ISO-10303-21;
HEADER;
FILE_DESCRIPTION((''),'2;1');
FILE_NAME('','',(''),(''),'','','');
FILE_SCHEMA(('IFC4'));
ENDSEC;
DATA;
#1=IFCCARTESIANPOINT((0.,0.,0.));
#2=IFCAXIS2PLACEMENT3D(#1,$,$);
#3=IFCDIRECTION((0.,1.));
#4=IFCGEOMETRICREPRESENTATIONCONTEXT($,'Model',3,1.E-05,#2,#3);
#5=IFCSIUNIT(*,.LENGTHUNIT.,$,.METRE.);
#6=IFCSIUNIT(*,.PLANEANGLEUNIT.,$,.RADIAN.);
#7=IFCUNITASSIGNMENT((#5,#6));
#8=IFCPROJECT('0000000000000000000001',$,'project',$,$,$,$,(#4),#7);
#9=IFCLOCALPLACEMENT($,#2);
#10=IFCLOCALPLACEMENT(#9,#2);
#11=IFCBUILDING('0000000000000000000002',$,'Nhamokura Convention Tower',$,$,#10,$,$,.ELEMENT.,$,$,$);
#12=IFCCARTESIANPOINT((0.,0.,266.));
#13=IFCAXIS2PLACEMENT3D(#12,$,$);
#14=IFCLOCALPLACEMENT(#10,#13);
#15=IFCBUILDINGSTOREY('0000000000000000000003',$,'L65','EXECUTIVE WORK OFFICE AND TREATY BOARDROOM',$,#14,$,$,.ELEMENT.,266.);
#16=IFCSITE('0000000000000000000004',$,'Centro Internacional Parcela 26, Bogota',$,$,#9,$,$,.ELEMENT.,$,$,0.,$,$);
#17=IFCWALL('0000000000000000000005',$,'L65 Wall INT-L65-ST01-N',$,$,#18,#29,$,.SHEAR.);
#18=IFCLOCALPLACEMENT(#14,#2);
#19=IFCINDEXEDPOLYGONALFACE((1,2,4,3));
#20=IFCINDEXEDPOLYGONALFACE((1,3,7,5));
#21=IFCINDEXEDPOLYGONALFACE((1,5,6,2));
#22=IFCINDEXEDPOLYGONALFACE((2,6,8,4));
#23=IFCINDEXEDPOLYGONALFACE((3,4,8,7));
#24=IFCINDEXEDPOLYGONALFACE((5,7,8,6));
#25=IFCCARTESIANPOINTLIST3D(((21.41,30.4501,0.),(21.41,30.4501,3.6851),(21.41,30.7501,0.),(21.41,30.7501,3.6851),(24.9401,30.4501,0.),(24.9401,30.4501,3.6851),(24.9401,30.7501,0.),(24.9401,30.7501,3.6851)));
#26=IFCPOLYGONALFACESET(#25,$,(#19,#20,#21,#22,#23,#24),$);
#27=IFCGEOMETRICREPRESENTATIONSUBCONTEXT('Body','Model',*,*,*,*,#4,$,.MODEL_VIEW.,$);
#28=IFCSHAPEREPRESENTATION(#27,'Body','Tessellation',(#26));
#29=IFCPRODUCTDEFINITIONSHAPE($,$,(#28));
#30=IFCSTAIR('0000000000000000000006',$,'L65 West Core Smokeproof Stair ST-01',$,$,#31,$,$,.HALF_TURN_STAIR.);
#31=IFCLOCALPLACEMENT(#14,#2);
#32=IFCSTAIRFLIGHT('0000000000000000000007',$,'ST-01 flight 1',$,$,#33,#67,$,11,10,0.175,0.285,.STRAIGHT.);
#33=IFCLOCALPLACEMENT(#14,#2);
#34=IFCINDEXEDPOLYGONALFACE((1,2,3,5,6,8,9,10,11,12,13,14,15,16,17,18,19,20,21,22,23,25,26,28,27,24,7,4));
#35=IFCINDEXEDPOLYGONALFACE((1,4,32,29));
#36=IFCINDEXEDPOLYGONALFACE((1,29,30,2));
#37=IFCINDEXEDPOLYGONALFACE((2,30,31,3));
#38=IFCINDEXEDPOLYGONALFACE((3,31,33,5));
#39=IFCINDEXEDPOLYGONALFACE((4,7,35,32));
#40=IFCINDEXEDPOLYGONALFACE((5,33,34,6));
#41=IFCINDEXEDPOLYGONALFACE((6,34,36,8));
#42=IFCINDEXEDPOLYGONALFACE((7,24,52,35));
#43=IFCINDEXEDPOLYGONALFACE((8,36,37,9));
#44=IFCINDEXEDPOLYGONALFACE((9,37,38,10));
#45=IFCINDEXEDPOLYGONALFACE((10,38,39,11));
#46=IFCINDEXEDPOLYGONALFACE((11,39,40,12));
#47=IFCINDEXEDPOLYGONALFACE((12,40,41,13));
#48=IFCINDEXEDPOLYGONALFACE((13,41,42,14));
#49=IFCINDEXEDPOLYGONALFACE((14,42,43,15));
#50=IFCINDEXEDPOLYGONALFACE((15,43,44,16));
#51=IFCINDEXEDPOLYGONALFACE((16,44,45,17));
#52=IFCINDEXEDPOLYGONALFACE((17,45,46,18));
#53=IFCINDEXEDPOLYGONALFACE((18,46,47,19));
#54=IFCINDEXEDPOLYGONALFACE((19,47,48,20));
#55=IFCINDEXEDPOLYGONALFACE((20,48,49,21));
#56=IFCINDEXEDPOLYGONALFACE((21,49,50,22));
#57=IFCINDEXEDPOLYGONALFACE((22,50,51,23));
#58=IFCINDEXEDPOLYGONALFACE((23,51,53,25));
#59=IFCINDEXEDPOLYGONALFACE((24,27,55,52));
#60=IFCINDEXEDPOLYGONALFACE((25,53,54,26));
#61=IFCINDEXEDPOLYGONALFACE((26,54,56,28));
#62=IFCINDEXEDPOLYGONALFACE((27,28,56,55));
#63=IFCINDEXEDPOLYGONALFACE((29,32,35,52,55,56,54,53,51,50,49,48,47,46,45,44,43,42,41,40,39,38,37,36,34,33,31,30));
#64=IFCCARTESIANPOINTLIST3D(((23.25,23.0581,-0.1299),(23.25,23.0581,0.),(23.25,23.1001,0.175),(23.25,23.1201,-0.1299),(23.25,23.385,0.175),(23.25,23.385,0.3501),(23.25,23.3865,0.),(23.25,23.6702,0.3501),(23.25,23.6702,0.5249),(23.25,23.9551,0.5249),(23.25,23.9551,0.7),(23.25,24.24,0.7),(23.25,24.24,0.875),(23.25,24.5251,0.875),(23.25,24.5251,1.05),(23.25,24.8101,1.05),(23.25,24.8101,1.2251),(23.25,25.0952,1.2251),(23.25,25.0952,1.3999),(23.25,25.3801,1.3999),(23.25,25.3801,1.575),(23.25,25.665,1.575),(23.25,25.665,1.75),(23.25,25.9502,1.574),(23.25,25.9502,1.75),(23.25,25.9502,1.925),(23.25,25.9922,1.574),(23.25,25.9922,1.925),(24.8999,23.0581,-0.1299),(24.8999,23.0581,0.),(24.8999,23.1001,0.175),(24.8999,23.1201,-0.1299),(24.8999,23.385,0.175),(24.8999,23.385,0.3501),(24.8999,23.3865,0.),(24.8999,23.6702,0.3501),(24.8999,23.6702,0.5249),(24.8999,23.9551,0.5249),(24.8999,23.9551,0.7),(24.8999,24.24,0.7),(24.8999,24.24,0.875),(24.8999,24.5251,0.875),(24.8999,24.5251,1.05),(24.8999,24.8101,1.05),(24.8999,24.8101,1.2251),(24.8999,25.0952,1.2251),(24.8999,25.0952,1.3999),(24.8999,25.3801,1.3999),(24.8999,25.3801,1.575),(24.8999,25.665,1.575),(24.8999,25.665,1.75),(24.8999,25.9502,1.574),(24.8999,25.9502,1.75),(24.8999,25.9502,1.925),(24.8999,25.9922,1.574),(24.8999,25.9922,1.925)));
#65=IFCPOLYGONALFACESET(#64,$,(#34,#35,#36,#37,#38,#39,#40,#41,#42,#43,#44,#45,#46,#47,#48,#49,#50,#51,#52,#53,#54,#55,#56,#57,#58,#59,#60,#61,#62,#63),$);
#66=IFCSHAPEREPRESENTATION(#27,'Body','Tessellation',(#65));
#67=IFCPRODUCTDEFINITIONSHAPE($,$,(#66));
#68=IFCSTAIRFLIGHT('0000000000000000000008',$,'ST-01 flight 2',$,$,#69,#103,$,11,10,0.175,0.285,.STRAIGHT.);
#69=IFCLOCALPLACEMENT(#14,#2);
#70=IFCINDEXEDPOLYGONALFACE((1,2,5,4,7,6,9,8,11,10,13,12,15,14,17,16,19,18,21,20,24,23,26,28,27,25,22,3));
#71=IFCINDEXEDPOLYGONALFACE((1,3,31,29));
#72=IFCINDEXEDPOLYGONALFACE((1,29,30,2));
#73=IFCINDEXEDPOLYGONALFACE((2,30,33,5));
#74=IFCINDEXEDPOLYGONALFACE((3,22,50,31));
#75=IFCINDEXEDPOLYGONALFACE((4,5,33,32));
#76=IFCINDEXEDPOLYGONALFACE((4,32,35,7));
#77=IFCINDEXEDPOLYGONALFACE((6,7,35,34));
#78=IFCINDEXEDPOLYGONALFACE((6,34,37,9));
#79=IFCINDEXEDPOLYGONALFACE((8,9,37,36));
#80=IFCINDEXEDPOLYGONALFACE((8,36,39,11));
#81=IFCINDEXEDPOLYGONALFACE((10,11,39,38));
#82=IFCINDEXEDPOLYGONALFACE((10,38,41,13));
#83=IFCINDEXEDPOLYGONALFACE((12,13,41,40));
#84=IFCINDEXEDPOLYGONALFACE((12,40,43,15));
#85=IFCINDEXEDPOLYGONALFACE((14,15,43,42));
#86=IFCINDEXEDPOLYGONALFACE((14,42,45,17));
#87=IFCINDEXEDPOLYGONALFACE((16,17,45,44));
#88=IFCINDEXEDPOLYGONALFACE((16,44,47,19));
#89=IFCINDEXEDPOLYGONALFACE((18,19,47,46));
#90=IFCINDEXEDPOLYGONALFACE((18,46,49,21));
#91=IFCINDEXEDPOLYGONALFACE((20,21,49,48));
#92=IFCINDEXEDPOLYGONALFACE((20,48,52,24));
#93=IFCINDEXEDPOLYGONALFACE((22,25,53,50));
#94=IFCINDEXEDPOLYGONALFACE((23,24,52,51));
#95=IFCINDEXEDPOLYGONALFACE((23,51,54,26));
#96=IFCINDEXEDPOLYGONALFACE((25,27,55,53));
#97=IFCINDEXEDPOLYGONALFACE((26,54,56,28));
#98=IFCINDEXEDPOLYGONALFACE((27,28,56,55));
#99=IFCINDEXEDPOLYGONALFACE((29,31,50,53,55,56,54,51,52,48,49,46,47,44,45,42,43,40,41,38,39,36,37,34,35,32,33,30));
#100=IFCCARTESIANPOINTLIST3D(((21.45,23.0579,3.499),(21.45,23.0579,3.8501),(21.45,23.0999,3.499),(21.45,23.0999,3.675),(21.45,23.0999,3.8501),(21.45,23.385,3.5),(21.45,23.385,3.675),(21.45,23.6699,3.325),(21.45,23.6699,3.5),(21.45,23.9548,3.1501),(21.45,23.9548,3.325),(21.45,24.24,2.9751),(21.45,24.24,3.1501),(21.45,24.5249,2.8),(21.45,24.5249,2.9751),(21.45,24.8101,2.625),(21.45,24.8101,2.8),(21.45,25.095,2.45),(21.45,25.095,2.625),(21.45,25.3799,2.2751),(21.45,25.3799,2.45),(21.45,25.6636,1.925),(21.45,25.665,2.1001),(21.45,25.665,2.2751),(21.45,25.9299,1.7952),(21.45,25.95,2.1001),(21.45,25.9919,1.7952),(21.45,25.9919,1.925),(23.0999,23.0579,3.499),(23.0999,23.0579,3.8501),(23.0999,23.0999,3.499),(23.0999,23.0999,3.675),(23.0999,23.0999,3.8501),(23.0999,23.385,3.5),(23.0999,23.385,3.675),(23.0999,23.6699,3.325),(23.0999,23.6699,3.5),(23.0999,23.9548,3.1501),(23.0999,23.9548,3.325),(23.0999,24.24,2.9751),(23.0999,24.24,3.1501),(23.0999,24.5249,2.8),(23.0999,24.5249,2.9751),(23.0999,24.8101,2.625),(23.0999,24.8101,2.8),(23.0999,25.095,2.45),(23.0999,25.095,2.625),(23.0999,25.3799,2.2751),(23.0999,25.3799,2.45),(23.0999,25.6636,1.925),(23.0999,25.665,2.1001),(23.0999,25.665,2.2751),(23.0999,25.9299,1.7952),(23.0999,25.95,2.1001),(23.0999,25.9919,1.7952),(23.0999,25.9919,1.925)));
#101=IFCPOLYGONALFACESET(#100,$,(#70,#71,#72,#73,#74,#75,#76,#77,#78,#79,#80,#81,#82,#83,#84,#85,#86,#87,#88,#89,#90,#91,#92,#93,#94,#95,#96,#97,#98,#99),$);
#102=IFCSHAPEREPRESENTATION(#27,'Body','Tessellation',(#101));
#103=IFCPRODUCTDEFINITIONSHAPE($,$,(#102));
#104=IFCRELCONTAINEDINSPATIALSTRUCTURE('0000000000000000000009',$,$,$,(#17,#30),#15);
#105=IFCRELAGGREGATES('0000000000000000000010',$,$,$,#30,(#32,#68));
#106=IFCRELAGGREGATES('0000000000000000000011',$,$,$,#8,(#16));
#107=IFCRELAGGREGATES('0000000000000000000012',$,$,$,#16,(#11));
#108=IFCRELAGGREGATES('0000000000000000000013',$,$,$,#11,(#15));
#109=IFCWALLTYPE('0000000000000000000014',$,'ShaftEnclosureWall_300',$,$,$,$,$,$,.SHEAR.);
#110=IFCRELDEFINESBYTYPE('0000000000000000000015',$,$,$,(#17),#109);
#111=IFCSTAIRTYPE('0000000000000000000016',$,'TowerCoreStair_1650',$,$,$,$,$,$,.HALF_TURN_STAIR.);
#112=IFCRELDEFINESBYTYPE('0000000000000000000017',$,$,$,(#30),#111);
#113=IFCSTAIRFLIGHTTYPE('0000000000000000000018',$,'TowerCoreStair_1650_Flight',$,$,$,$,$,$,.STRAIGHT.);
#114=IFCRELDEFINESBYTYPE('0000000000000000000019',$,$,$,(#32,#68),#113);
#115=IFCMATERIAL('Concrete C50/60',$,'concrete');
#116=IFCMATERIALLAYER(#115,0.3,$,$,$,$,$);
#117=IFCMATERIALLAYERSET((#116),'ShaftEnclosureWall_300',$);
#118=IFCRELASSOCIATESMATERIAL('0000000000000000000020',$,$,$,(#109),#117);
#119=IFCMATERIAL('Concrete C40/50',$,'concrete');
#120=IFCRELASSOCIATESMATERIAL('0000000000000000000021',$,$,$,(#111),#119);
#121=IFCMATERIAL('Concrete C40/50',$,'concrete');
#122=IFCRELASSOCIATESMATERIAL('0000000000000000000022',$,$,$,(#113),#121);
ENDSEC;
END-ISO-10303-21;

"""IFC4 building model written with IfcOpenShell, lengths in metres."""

from ifc_helpers import new_model, si_unit, direction, frame, frame_2d, origin, place, context, subcontext, project, spatial, polyline, rectangle, outline, extrude, material, layer, layer_set, type_object, element, aggregate, save


model = new_model("IFC4")

# Units and contexts
model_context = context("Model", 3, precision=1e-05, world=origin(), true_north=direction((0.0, 1.0)))
body_context = subcontext(model_context, "Body", "Model", "MODEL_VIEW")
ifc_project = project(units=[si_unit("LENGTHUNIT", "METRE"), si_unit("PLANEANGLEUNIT", "RADIAN")], contexts=[model_context])

# Site, building, storey
site_placement = place(None, origin())
site = spatial("IfcSite", under=ifc_project, at=site_placement, Name="Centro Internacional Parcela 26, Bogota", CompositionType="ELEMENT", RefElevation=0.0)
building_placement = place(site_placement, origin())
building = spatial("IfcBuilding", under=site, at=building_placement, Name="Nhamokura Convention Tower", CompositionType="ELEMENT")
storey_placement = place(building_placement, frame((0.0, 0.0, 266.0)))
storey = spatial("IfcBuildingStorey", under=building, at=storey_placement, Name="L65", Description="EXECUTIVE WORK OFFICE AND TREATY BOARDROOM", CompositionType="ELEMENT", Elevation=266.0)

# Wall
ifc_material_1 = material(Name="Concrete C50/60", Category="concrete")
ifc_layer_1 = layer(ifc_material_1, 0.3)
ifc_layer_set_1 = layer_set([ifc_layer_1], Name="ShaftEnclosureWall_300")
wall_type_1 = type_object("IfcWallType", Name="ShaftEnclosureWall_300", PredefinedType="SHEAR", material=ifc_layer_set_1)
wall_1_placement = place(storey_placement, frame((21.4099, 30.6001, 0.0), z_axis=(0.0, 0.0, 1.0), x_axis=(1.0, 0.0, 0.0)))
element("IfcWall", 1, at=wall_1_placement, inside=storey, type_object=wall_type_1, Name="L65 Wall INT-L65-ST01-N", PredefinedType="SHEAR", context=body_context, shape_type="SweptSolid", body=[
    extrude(rectangle(XDim=3.53, YDim=0.3, at=frame_2d((1.7651, 0.0))), origin(), (0.0, 0.0, 1.0), 3.6851),
])

# Stair, stair flights
ifc_material_2 = material(Name="Concrete C40/50", Category="concrete")
stair_type = type_object("IfcStairType", Name="TowerCoreStair_1650", PredefinedType="HALF_TURN_STAIR", material=ifc_material_2)
stair_placement = place(storey_placement, origin())
stair = element("IfcStair", 2, at=stair_placement, inside=storey, type_object=stair_type, Name="L65 West Core Smokeproof Stair ST-01", PredefinedType="HALF_TURN_STAIR")
ifc_material_3 = material(Name="Concrete C40/50", Category="concrete")
stair_flight_type = type_object("IfcStairFlightType", Name="TowerCoreStair_1650_Flight", PredefinedType="STRAIGHT", material=ifc_material_3)
stair_flight_1_placement = place(storey_placement, frame((24.075, 23.1001, 0.0), z_axis=(0.0, 0.0, 1.0), x_axis=(0.0, 1.0, 0.0)))
stair_flight_1 = element("IfcStairFlight", 3, at=stair_flight_1_placement, type_object=stair_flight_type, Name="ST-01 flight 1", NumberOfRisers=11, NumberOfTreads=10, PredefinedType="STRAIGHT", RiserHeight=0.175, TreadLength=0.285, context=body_context, shape_type="SweptSolid", body=[
    extrude(outline(polyline([(-0.042, 0.0), (0.0, 0.175), (0.2849, 0.175), (0.2849, 0.3501), (0.5701, 0.3501), (0.5701, 0.5249), (0.855, 0.5249), (0.855, 0.7), (1.1399, 0.7), (1.1399, 0.875), (1.425, 0.875), (1.425, 1.05), (1.71, 1.05), (1.71, 1.2251), (1.9951, 1.2251), (1.9951, 1.3999), (2.28, 1.3999), (2.28, 1.575), (2.5649, 1.575), (2.5649, 1.75), (2.8501, 1.75), (2.8501, 1.925), (2.8921, 1.925), (2.8921, 1.574), (2.8501, 1.574), (0.2864, 0.0), (0.02, -0.1299), (-0.042, -0.1299), (-0.042, 0.0)])), frame((0.0, 0.825, 0.0), z_axis=(0.0, -1.0, 0.0), x_axis=(1.0, 0.0, 0.0)), (0.0, 0.0, 1.0), 1.6499),
])
stair_flight_2_placement = place(storey_placement, frame((22.2749, 25.95, 1.925), z_axis=(0.0, 0.0, 1.0), x_axis=(0.0, -1.0, 0.0)))
stair_flight_2 = element("IfcStairFlight", 4, at=stair_flight_2_placement, type_object=stair_flight_type, Name="ST-01 flight 2", NumberOfRisers=11, NumberOfTreads=10, PredefinedType="STRAIGHT", RiserHeight=0.175, TreadLength=0.285, context=body_context, shape_type="SweptSolid", body=[
    extrude(outline(polyline([(-0.042, 0.0), (0.0, 0.175), (0.2849, 0.175), (0.2849, 0.3501), (0.5701, 0.3501), (0.5701, 0.5249), (0.855, 0.5249), (0.855, 0.7), (1.1399, 0.7), (1.1399, 0.875), (1.425, 0.875), (1.425, 1.05), (1.71, 1.05), (1.71, 1.2251), (1.9951, 1.2251), (1.9951, 1.3999), (2.28, 1.3999), (2.28, 1.575), (2.5649, 1.575), (2.5649, 1.75), (2.8501, 1.75), (2.8501, 1.925), (2.8921, 1.925), (2.8921, 1.574), (2.8501, 1.574), (0.2864, 0.0), (0.02, -0.1299), (-0.042, -0.1299), (-0.042, 0.0)])), frame((0.0, 0.825, 0.0), z_axis=(0.0, -1.0, 0.0), x_axis=(1.0, 0.0, 0.0)), (0.0, 0.0, 1.0), 1.6499),
])
aggregate(stair, [stair_flight_1, stair_flight_2])

save(model, "model.ifc")
